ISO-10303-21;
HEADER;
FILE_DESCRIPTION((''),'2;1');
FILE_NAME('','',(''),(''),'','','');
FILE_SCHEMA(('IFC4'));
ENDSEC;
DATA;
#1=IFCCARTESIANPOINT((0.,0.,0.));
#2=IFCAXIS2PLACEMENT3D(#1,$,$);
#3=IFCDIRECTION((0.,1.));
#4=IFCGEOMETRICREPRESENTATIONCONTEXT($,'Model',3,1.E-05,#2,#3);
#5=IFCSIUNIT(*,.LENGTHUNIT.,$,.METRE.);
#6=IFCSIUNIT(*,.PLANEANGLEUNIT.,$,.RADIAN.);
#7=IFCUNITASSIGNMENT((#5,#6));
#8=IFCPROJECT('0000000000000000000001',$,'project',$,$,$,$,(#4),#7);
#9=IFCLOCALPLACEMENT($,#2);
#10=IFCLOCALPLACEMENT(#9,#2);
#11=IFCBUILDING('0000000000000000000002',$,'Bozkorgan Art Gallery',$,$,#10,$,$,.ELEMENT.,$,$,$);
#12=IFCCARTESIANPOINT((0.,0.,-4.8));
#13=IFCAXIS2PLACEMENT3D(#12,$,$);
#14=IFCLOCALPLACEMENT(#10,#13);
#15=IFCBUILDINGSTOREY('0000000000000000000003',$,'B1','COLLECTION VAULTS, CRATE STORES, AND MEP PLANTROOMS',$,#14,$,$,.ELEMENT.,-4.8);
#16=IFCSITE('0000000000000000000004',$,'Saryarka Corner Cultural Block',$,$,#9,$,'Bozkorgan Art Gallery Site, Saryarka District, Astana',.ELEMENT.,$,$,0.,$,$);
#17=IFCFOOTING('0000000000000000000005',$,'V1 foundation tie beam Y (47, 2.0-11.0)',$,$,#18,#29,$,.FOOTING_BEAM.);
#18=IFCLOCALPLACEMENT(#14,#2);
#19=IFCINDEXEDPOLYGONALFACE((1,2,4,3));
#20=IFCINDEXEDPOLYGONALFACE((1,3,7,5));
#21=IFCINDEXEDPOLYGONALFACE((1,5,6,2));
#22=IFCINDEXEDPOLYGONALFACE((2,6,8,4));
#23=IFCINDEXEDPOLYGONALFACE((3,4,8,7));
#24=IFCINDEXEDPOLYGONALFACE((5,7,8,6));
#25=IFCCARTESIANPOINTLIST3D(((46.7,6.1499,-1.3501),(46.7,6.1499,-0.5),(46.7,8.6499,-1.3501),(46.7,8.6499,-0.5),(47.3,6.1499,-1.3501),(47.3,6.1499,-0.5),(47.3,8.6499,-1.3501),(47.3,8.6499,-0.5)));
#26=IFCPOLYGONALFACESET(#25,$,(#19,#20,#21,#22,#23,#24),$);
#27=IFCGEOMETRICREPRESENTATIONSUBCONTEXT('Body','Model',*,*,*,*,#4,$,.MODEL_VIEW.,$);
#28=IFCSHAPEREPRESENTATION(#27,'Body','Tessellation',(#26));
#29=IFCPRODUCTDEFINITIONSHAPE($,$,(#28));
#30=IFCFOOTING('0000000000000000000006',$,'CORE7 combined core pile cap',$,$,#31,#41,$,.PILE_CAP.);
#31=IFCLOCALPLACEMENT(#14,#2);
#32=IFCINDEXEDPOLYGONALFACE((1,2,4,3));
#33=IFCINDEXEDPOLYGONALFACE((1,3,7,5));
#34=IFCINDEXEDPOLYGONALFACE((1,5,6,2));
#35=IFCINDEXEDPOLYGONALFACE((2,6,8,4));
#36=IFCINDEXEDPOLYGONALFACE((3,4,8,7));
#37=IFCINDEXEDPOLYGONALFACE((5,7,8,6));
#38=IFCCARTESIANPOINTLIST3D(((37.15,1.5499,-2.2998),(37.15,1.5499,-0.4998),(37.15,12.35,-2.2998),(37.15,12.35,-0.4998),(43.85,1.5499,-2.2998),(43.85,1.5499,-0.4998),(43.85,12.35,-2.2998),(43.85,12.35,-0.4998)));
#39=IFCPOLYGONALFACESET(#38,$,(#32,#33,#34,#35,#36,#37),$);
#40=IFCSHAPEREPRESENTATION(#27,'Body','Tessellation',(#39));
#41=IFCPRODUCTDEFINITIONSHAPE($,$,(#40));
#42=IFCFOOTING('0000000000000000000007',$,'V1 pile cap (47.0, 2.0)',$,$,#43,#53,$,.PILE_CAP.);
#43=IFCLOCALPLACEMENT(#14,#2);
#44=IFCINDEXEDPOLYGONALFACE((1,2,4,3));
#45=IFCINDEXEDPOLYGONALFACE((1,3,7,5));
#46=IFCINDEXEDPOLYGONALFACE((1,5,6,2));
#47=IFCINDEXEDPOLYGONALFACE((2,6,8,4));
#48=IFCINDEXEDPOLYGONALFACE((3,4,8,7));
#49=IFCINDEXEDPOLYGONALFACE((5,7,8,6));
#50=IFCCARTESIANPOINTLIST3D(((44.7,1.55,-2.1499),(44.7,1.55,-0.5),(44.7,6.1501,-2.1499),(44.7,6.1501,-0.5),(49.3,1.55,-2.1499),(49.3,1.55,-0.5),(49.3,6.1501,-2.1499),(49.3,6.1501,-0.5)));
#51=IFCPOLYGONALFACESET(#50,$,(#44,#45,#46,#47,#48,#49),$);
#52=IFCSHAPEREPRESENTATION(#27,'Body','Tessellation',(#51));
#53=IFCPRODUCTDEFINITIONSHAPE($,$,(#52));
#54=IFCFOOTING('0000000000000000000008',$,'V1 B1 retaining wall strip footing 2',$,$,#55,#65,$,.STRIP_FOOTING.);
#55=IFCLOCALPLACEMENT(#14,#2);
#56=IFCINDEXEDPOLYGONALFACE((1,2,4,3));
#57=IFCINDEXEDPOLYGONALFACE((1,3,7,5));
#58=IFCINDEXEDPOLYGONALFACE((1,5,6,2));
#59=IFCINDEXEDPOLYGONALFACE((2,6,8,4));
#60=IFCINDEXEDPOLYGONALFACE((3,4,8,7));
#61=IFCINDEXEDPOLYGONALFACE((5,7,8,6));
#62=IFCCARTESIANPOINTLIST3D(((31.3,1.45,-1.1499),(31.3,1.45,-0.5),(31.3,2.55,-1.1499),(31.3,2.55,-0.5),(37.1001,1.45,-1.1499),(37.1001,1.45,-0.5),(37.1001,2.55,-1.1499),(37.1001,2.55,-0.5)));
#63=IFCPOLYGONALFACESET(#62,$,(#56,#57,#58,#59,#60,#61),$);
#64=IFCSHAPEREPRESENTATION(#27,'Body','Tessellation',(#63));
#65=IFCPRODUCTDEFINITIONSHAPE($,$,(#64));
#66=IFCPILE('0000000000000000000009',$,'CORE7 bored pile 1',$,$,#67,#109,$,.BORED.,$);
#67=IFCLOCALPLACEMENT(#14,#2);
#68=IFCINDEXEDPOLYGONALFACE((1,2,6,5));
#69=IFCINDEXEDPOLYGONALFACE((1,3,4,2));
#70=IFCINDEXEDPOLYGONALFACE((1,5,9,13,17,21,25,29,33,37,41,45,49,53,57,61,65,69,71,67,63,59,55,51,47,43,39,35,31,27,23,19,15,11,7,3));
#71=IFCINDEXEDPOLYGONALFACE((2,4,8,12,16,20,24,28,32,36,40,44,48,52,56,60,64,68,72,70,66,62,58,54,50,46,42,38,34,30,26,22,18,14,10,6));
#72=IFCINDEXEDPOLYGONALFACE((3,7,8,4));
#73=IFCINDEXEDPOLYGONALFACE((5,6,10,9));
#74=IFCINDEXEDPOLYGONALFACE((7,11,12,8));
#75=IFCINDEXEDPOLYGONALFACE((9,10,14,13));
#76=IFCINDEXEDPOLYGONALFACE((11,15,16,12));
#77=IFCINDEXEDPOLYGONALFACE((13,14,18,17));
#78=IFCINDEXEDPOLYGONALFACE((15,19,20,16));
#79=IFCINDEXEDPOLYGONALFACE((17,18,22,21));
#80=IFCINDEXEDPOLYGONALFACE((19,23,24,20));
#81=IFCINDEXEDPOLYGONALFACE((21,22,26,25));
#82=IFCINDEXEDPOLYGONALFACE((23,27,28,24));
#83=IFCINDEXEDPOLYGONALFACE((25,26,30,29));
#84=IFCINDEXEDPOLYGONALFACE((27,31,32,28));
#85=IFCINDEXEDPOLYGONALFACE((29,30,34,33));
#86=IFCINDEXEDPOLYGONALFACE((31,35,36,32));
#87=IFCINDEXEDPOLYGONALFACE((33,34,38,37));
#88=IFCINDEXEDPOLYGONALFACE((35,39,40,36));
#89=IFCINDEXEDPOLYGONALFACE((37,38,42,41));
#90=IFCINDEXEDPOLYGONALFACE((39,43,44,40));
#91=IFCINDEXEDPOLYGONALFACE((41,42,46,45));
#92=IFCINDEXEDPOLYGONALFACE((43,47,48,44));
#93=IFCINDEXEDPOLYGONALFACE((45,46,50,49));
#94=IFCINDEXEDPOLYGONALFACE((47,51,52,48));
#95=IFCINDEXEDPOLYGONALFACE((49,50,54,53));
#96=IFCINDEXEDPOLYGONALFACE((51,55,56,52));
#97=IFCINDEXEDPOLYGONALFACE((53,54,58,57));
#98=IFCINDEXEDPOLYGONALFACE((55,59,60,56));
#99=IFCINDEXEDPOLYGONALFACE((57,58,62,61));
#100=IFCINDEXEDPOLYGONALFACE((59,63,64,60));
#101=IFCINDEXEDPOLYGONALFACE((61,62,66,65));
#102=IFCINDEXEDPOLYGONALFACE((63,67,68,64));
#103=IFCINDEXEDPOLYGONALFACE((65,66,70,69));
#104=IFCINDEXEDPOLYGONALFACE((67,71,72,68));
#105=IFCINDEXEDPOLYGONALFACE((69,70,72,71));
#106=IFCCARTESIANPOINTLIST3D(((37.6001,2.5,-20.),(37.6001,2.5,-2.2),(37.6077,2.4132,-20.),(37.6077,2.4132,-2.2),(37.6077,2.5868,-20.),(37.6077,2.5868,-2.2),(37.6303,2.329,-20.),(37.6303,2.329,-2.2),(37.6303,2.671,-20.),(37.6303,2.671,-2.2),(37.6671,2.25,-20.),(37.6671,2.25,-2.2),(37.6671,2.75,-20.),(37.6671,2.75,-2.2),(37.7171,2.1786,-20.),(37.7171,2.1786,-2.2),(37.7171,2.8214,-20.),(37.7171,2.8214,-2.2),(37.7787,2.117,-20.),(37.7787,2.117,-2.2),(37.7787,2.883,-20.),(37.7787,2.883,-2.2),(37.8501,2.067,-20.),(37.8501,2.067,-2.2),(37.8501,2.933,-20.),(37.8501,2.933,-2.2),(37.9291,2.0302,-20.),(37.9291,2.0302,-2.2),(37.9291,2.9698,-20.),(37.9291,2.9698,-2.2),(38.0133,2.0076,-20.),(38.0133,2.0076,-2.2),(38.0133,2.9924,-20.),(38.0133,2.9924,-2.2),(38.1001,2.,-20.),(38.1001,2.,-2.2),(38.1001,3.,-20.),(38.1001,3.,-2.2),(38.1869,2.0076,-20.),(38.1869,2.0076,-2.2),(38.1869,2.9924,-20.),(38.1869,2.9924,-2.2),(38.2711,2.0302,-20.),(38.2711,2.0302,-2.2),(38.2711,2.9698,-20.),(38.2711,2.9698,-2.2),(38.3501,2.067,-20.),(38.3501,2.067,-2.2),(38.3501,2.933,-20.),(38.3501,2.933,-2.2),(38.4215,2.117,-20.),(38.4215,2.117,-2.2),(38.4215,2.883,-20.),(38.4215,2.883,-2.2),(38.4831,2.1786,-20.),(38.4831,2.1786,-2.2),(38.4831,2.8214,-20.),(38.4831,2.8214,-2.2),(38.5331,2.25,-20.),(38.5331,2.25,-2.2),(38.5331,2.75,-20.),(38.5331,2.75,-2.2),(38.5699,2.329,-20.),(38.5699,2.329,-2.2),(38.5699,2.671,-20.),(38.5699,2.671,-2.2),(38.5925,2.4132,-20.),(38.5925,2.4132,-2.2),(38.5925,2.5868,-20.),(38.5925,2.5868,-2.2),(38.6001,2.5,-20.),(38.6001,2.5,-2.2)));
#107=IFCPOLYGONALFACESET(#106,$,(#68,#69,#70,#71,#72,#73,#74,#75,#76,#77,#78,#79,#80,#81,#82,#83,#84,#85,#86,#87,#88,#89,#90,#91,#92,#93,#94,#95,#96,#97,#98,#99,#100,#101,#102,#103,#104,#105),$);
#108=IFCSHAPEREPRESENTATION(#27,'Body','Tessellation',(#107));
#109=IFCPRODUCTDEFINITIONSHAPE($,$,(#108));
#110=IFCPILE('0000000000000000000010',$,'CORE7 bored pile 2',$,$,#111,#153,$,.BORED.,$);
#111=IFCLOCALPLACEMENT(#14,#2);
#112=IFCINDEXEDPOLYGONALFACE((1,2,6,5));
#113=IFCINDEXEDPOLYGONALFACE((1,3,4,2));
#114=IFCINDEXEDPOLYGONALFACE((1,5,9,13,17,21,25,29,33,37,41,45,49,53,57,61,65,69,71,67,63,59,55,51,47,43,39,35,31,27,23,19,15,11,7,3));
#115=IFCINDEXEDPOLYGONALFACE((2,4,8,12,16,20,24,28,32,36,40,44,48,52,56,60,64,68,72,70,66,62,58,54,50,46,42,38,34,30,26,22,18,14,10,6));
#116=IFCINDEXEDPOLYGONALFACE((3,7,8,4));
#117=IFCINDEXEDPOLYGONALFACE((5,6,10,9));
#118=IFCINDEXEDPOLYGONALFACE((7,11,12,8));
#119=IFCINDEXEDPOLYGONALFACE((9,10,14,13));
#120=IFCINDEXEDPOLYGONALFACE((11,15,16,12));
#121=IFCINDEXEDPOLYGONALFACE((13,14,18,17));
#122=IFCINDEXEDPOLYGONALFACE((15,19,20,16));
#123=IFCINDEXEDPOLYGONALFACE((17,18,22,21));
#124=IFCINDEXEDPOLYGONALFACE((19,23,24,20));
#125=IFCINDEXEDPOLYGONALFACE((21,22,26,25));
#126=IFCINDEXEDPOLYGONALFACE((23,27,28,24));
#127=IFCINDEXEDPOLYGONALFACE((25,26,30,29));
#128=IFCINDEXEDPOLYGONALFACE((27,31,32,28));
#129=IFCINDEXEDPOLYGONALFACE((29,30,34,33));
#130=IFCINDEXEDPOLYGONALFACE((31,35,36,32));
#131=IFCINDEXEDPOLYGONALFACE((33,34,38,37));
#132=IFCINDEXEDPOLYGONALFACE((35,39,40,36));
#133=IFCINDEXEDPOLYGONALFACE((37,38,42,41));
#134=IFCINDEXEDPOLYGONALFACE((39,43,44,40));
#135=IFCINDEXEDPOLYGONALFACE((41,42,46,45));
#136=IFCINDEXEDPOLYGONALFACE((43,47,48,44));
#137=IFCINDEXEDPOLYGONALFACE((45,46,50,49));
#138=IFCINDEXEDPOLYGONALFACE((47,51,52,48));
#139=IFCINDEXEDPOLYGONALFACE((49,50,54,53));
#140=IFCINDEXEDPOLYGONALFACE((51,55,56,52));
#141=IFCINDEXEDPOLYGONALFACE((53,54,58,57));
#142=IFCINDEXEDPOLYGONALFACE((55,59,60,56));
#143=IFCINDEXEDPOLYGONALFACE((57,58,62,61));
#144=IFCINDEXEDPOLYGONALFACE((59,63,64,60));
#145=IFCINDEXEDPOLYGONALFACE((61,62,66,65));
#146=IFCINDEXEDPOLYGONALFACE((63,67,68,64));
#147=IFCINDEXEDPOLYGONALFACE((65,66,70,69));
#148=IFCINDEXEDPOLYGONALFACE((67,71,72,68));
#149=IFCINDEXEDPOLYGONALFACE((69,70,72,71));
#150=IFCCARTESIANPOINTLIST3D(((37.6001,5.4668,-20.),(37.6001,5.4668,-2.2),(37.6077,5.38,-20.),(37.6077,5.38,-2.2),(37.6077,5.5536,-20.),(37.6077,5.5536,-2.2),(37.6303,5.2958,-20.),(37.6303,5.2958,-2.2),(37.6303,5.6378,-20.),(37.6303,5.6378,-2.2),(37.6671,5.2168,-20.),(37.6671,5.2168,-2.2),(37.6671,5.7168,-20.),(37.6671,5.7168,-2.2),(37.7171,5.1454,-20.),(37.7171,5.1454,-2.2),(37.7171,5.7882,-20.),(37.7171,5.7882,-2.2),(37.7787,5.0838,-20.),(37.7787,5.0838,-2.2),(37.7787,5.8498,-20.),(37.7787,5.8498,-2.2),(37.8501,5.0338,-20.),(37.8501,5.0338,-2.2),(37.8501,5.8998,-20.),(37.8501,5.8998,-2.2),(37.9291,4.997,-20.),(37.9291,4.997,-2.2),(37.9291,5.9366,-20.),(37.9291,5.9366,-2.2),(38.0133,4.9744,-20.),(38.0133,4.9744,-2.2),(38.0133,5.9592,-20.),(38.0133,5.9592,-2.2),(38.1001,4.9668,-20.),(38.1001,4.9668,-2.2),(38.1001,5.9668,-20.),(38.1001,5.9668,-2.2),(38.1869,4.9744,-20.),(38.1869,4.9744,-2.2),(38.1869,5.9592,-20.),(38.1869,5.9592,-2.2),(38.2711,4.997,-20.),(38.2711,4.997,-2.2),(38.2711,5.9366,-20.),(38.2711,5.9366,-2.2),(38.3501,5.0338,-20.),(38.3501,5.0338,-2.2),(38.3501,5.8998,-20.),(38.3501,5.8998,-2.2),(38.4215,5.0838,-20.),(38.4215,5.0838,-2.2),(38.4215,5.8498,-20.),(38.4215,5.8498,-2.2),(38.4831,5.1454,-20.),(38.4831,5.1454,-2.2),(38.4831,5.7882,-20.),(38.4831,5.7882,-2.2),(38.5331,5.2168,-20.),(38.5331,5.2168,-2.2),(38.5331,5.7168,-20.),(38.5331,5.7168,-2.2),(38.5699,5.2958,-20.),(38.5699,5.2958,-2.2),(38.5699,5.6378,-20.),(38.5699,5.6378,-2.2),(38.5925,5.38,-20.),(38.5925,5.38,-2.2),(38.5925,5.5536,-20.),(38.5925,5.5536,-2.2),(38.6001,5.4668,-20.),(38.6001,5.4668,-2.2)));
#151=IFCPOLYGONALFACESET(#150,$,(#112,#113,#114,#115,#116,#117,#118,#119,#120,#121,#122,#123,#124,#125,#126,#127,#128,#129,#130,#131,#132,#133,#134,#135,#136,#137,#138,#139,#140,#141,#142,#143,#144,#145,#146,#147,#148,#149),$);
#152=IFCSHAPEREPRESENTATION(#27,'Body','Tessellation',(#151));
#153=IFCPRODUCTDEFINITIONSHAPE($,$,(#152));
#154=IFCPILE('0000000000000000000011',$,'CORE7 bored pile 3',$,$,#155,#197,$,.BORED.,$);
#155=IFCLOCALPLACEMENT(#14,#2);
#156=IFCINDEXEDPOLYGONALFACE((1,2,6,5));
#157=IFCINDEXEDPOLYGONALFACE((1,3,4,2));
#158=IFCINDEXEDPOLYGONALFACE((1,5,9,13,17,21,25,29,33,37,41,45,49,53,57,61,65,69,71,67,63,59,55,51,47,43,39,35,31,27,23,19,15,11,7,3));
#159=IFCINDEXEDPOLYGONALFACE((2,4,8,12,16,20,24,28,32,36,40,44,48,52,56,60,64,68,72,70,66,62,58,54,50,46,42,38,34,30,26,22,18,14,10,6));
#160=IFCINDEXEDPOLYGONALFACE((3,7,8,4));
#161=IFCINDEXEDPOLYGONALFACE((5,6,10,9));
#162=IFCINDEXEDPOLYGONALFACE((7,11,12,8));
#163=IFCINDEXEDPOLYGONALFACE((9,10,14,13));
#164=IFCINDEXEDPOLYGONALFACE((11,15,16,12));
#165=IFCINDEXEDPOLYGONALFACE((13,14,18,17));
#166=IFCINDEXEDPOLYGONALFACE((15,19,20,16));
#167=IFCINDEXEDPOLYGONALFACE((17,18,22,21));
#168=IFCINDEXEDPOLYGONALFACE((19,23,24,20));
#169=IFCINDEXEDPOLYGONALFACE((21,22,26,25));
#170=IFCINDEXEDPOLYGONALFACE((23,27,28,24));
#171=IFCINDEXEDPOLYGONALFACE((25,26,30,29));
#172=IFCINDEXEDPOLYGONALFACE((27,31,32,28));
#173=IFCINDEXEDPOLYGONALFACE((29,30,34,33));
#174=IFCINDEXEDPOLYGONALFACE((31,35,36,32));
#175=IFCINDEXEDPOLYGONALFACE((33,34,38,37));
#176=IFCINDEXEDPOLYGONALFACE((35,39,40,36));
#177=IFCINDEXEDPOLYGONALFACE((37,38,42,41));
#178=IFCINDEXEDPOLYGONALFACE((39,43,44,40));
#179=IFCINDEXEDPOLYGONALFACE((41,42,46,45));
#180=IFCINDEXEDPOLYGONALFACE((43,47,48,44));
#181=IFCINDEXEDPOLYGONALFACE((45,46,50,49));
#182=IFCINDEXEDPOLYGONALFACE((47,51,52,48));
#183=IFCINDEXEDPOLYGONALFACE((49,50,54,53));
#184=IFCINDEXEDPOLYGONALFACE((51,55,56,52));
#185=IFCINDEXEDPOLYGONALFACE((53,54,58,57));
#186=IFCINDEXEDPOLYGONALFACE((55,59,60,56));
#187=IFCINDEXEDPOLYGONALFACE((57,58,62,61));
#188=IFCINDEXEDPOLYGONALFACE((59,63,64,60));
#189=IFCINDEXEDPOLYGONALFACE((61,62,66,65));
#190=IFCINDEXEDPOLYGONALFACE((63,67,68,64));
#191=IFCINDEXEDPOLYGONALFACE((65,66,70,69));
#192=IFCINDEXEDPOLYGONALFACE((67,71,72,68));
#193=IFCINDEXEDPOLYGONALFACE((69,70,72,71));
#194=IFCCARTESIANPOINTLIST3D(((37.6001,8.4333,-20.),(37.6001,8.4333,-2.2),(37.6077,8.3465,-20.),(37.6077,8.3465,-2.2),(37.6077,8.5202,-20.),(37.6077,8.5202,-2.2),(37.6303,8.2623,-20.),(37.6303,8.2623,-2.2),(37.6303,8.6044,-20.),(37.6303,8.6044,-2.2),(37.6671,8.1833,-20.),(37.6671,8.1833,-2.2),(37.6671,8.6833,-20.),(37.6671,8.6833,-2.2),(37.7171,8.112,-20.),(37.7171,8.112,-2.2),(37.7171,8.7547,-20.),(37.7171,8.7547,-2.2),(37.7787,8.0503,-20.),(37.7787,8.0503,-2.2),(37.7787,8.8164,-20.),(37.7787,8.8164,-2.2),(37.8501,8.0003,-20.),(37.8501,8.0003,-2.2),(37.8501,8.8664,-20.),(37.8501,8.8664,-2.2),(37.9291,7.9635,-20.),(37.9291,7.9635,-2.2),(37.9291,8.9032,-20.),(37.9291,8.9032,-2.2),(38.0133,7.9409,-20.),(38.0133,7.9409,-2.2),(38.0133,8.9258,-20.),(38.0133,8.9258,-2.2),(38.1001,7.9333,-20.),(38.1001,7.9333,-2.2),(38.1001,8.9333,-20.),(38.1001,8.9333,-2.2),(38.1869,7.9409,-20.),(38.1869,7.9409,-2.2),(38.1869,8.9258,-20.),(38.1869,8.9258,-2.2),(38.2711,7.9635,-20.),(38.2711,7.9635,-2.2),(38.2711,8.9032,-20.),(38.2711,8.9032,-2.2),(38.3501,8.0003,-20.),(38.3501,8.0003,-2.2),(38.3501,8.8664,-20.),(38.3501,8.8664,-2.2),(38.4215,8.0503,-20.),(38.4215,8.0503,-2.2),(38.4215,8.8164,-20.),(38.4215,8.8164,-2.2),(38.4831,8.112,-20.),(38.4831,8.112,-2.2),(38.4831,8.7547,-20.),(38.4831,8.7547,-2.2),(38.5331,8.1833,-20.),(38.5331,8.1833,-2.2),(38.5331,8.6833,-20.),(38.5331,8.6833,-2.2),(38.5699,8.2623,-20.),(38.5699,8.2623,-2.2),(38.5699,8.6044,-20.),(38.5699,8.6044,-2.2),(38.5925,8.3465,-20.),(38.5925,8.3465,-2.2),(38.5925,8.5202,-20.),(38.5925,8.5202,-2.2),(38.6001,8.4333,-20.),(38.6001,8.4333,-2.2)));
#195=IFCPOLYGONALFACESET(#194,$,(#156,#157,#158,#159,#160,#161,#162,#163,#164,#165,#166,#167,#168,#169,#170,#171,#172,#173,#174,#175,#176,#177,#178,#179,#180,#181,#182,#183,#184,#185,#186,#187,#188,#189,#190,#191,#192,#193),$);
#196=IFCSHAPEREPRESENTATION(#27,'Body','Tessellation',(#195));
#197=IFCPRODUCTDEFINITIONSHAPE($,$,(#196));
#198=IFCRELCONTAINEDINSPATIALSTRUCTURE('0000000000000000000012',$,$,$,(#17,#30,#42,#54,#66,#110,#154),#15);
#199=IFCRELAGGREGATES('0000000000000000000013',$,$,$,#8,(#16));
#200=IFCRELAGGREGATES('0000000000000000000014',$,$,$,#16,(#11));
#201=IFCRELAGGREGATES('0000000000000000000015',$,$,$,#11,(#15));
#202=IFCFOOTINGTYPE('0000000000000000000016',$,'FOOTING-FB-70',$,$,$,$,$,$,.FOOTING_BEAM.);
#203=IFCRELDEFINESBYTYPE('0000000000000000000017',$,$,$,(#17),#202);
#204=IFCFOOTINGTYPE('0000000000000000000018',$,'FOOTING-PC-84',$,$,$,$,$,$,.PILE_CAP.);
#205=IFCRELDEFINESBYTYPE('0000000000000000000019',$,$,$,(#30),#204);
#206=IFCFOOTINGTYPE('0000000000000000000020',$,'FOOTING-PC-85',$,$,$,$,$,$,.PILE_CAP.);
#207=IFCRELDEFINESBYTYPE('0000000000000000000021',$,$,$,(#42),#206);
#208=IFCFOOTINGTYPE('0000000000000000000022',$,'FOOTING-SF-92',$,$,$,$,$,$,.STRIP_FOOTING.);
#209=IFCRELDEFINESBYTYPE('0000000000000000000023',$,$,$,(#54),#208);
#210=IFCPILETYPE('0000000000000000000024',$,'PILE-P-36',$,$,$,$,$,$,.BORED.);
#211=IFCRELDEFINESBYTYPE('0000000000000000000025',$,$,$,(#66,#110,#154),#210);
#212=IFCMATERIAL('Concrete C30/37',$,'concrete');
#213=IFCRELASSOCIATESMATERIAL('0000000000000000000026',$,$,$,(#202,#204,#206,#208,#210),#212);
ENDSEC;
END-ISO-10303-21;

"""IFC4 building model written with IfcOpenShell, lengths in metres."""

from ifc_helpers import new_model, si_unit, direction, frame, origin, origin_2d, place, context, subcontext, project, spatial, rectangle, circle, extrude, material, material_profile, profile_set, type_object, element, save


model = new_model("IFC4")

# Units and contexts
model_context = context("Model", 3, precision=1e-05, world=origin(), true_north=direction((0.0, 1.0)))
body_context = subcontext(model_context, "Body", "Model", "MODEL_VIEW")
ifc_project = project(units=[si_unit("LENGTHUNIT", "METRE"), si_unit("PLANEANGLEUNIT", "RADIAN")], contexts=[model_context])

# Site, building, storey
site_placement = place(None, origin())
site = spatial("IfcSite", under=ifc_project, at=site_placement, Name="Saryarka Corner Cultural Block", LongName="Bozkorgan Art Gallery Site, Saryarka District, Astana", CompositionType="ELEMENT", RefElevation=0.0)
building_placement = place(site_placement, origin())
building = spatial("IfcBuilding", under=site, at=building_placement, Name="Bozkorgan Art Gallery", CompositionType="ELEMENT")
storey_placement = place(building_placement, frame((0.0, 0.0, -4.8)))
storey = spatial("IfcBuildingStorey", under=building, at=storey_placement, Name="B1", Description="COLLECTION VAULTS, CRATE STORES, AND MEP PLANTROOMS", CompositionType="ELEMENT", Elevation=-4.8)

# Footings
ifc_material_1 = material(Name="Concrete C30/37", Category="concrete")
ifc_material_profile_1 = material_profile(ifc_material_1, rectangle(XDim=0.6001, YDim=0.8501, at=origin_2d()), Name="FND 600x850")
ifc_profile_set_1 = profile_set([ifc_material_profile_1], Name="Concrete C30/37")
footing_type_1 = type_object("IfcFootingType", Name="FOOTING-FB-70", PredefinedType="FOOTING_BEAM", material=ifc_profile_set_1)
footing_1_placement = place(storey_placement, frame((47.0, 6.1499, -0.925), z_axis=(0.0, 1.0, 0.0), x_axis=(-1.0, 0.0, 0.0)))
element("IfcFooting", 1, at=footing_1_placement, inside=storey, type_object=footing_type_1, Name="V1 foundation tie beam Y (47, 2.0-11.0)", PredefinedType="FOOTING_BEAM", context=body_context, shape_type="SweptSolid", body=[
    extrude(rectangle(XDim=0.6001, YDim=0.8501, at=origin_2d()), origin(), (0.0, 0.0, 1.0), 2.5),
])
footing_type_2 = type_object("IfcFootingType", Name="FOOTING-PC-84", PredefinedType="PILE_CAP", material=ifc_material_1)
footing_2_placement = place(storey_placement, frame((40.5, 6.95, -2.2998), z_axis=(0.0, 0.0, 1.0), x_axis=(1.0, 0.0, 0.0)))
element("IfcFooting", 2, at=footing_2_placement, inside=storey, type_object=footing_type_2, Name="CORE7 combined core pile cap", PredefinedType="PILE_CAP", context=body_context, shape_type="SweptSolid", body=[
    extrude(rectangle(XDim=6.7, YDim=10.8, at=origin_2d()), origin(), (0.0, 0.0, 1.0), 1.8),
])
footing_type_3 = type_object("IfcFootingType", Name="FOOTING-PC-85", PredefinedType="PILE_CAP", material=ifc_material_1)
footing_3_placement = place(storey_placement, frame((47.0, 3.8501, -2.1499), z_axis=(0.0, 0.0, 1.0), x_axis=(1.0, 0.0, 0.0)))
element("IfcFooting", 3, at=footing_3_placement, inside=storey, type_object=footing_type_3, Name="V1 pile cap (47.0, 2.0)", PredefinedType="PILE_CAP", context=body_context, shape_type="SweptSolid", body=[
    extrude(rectangle(XDim=4.6001, YDim=4.6001, at=origin_2d()), origin(), (0.0, 0.0, 1.0), 1.6499),
])
ifc_material_profile_2 = material_profile(ifc_material_1, rectangle(XDim=1.1001, YDim=0.6499, at=origin_2d()), Name="FND 1100x650")
ifc_profile_set_2 = profile_set([ifc_material_profile_2], Name="Concrete C30/37")
footing_type_4 = type_object("IfcFootingType", Name="FOOTING-SF-92", PredefinedType="STRIP_FOOTING", material=ifc_profile_set_2)
footing_4_placement = place(storey_placement, frame((31.3, 2.0, -0.825), z_axis=(1.0, 0.0, 0.0), x_axis=(0.0, 1.0, 0.0)))
element("IfcFooting", 4, at=footing_4_placement, inside=storey, type_object=footing_type_4, Name="V1 B1 retaining wall strip footing 2", PredefinedType="STRIP_FOOTING", context=body_context, shape_type="SweptSolid", body=[
    extrude(rectangle(XDim=1.1001, YDim=0.6499, at=origin_2d()), origin(), (0.0, 0.0, 1.0), 5.8),
])

# Piles
ifc_material_profile_3 = material_profile(ifc_material_1, circle(Radius=0.5, at=origin_2d()), Name="PILE D1000")
ifc_profile_set_3 = profile_set([ifc_material_profile_3], Name="Concrete C30/37")
pile_type = type_object("IfcPileType", Name="PILE-P-36", PredefinedType="BORED", material=ifc_profile_set_3)
for number, where, z_axis, x_axis, name in (
    (5, (38.1001, 2.5, -2.2), (0.0, 0.0, -1.0), (1.0, 0.0, 0.0), "CORE7 bored pile 1"),
    (6, (38.1001, 5.4668, -2.2), (0.0, 0.0, -1.0), (1.0, 0.0, 0.0), "CORE7 bored pile 2"),
    (7, (38.1001, 8.4333, -2.2), (0.0, 0.0, -1.0), (1.0, 0.0, 0.0), "CORE7 bored pile 3"),
):
    element("IfcPile", number, at=place(storey_placement, frame(where, z_axis=z_axis, x_axis=x_axis)), inside=storey, type_object=pile_type, Name=name, PredefinedType="BORED", context=body_context, shape_type="SweptSolid", body=[
        extrude(circle(Radius=0.5, at=origin_2d()), origin(), (0.0, 0.0, 1.0), 17.8),
    ])

save(model, "model.ifc")
